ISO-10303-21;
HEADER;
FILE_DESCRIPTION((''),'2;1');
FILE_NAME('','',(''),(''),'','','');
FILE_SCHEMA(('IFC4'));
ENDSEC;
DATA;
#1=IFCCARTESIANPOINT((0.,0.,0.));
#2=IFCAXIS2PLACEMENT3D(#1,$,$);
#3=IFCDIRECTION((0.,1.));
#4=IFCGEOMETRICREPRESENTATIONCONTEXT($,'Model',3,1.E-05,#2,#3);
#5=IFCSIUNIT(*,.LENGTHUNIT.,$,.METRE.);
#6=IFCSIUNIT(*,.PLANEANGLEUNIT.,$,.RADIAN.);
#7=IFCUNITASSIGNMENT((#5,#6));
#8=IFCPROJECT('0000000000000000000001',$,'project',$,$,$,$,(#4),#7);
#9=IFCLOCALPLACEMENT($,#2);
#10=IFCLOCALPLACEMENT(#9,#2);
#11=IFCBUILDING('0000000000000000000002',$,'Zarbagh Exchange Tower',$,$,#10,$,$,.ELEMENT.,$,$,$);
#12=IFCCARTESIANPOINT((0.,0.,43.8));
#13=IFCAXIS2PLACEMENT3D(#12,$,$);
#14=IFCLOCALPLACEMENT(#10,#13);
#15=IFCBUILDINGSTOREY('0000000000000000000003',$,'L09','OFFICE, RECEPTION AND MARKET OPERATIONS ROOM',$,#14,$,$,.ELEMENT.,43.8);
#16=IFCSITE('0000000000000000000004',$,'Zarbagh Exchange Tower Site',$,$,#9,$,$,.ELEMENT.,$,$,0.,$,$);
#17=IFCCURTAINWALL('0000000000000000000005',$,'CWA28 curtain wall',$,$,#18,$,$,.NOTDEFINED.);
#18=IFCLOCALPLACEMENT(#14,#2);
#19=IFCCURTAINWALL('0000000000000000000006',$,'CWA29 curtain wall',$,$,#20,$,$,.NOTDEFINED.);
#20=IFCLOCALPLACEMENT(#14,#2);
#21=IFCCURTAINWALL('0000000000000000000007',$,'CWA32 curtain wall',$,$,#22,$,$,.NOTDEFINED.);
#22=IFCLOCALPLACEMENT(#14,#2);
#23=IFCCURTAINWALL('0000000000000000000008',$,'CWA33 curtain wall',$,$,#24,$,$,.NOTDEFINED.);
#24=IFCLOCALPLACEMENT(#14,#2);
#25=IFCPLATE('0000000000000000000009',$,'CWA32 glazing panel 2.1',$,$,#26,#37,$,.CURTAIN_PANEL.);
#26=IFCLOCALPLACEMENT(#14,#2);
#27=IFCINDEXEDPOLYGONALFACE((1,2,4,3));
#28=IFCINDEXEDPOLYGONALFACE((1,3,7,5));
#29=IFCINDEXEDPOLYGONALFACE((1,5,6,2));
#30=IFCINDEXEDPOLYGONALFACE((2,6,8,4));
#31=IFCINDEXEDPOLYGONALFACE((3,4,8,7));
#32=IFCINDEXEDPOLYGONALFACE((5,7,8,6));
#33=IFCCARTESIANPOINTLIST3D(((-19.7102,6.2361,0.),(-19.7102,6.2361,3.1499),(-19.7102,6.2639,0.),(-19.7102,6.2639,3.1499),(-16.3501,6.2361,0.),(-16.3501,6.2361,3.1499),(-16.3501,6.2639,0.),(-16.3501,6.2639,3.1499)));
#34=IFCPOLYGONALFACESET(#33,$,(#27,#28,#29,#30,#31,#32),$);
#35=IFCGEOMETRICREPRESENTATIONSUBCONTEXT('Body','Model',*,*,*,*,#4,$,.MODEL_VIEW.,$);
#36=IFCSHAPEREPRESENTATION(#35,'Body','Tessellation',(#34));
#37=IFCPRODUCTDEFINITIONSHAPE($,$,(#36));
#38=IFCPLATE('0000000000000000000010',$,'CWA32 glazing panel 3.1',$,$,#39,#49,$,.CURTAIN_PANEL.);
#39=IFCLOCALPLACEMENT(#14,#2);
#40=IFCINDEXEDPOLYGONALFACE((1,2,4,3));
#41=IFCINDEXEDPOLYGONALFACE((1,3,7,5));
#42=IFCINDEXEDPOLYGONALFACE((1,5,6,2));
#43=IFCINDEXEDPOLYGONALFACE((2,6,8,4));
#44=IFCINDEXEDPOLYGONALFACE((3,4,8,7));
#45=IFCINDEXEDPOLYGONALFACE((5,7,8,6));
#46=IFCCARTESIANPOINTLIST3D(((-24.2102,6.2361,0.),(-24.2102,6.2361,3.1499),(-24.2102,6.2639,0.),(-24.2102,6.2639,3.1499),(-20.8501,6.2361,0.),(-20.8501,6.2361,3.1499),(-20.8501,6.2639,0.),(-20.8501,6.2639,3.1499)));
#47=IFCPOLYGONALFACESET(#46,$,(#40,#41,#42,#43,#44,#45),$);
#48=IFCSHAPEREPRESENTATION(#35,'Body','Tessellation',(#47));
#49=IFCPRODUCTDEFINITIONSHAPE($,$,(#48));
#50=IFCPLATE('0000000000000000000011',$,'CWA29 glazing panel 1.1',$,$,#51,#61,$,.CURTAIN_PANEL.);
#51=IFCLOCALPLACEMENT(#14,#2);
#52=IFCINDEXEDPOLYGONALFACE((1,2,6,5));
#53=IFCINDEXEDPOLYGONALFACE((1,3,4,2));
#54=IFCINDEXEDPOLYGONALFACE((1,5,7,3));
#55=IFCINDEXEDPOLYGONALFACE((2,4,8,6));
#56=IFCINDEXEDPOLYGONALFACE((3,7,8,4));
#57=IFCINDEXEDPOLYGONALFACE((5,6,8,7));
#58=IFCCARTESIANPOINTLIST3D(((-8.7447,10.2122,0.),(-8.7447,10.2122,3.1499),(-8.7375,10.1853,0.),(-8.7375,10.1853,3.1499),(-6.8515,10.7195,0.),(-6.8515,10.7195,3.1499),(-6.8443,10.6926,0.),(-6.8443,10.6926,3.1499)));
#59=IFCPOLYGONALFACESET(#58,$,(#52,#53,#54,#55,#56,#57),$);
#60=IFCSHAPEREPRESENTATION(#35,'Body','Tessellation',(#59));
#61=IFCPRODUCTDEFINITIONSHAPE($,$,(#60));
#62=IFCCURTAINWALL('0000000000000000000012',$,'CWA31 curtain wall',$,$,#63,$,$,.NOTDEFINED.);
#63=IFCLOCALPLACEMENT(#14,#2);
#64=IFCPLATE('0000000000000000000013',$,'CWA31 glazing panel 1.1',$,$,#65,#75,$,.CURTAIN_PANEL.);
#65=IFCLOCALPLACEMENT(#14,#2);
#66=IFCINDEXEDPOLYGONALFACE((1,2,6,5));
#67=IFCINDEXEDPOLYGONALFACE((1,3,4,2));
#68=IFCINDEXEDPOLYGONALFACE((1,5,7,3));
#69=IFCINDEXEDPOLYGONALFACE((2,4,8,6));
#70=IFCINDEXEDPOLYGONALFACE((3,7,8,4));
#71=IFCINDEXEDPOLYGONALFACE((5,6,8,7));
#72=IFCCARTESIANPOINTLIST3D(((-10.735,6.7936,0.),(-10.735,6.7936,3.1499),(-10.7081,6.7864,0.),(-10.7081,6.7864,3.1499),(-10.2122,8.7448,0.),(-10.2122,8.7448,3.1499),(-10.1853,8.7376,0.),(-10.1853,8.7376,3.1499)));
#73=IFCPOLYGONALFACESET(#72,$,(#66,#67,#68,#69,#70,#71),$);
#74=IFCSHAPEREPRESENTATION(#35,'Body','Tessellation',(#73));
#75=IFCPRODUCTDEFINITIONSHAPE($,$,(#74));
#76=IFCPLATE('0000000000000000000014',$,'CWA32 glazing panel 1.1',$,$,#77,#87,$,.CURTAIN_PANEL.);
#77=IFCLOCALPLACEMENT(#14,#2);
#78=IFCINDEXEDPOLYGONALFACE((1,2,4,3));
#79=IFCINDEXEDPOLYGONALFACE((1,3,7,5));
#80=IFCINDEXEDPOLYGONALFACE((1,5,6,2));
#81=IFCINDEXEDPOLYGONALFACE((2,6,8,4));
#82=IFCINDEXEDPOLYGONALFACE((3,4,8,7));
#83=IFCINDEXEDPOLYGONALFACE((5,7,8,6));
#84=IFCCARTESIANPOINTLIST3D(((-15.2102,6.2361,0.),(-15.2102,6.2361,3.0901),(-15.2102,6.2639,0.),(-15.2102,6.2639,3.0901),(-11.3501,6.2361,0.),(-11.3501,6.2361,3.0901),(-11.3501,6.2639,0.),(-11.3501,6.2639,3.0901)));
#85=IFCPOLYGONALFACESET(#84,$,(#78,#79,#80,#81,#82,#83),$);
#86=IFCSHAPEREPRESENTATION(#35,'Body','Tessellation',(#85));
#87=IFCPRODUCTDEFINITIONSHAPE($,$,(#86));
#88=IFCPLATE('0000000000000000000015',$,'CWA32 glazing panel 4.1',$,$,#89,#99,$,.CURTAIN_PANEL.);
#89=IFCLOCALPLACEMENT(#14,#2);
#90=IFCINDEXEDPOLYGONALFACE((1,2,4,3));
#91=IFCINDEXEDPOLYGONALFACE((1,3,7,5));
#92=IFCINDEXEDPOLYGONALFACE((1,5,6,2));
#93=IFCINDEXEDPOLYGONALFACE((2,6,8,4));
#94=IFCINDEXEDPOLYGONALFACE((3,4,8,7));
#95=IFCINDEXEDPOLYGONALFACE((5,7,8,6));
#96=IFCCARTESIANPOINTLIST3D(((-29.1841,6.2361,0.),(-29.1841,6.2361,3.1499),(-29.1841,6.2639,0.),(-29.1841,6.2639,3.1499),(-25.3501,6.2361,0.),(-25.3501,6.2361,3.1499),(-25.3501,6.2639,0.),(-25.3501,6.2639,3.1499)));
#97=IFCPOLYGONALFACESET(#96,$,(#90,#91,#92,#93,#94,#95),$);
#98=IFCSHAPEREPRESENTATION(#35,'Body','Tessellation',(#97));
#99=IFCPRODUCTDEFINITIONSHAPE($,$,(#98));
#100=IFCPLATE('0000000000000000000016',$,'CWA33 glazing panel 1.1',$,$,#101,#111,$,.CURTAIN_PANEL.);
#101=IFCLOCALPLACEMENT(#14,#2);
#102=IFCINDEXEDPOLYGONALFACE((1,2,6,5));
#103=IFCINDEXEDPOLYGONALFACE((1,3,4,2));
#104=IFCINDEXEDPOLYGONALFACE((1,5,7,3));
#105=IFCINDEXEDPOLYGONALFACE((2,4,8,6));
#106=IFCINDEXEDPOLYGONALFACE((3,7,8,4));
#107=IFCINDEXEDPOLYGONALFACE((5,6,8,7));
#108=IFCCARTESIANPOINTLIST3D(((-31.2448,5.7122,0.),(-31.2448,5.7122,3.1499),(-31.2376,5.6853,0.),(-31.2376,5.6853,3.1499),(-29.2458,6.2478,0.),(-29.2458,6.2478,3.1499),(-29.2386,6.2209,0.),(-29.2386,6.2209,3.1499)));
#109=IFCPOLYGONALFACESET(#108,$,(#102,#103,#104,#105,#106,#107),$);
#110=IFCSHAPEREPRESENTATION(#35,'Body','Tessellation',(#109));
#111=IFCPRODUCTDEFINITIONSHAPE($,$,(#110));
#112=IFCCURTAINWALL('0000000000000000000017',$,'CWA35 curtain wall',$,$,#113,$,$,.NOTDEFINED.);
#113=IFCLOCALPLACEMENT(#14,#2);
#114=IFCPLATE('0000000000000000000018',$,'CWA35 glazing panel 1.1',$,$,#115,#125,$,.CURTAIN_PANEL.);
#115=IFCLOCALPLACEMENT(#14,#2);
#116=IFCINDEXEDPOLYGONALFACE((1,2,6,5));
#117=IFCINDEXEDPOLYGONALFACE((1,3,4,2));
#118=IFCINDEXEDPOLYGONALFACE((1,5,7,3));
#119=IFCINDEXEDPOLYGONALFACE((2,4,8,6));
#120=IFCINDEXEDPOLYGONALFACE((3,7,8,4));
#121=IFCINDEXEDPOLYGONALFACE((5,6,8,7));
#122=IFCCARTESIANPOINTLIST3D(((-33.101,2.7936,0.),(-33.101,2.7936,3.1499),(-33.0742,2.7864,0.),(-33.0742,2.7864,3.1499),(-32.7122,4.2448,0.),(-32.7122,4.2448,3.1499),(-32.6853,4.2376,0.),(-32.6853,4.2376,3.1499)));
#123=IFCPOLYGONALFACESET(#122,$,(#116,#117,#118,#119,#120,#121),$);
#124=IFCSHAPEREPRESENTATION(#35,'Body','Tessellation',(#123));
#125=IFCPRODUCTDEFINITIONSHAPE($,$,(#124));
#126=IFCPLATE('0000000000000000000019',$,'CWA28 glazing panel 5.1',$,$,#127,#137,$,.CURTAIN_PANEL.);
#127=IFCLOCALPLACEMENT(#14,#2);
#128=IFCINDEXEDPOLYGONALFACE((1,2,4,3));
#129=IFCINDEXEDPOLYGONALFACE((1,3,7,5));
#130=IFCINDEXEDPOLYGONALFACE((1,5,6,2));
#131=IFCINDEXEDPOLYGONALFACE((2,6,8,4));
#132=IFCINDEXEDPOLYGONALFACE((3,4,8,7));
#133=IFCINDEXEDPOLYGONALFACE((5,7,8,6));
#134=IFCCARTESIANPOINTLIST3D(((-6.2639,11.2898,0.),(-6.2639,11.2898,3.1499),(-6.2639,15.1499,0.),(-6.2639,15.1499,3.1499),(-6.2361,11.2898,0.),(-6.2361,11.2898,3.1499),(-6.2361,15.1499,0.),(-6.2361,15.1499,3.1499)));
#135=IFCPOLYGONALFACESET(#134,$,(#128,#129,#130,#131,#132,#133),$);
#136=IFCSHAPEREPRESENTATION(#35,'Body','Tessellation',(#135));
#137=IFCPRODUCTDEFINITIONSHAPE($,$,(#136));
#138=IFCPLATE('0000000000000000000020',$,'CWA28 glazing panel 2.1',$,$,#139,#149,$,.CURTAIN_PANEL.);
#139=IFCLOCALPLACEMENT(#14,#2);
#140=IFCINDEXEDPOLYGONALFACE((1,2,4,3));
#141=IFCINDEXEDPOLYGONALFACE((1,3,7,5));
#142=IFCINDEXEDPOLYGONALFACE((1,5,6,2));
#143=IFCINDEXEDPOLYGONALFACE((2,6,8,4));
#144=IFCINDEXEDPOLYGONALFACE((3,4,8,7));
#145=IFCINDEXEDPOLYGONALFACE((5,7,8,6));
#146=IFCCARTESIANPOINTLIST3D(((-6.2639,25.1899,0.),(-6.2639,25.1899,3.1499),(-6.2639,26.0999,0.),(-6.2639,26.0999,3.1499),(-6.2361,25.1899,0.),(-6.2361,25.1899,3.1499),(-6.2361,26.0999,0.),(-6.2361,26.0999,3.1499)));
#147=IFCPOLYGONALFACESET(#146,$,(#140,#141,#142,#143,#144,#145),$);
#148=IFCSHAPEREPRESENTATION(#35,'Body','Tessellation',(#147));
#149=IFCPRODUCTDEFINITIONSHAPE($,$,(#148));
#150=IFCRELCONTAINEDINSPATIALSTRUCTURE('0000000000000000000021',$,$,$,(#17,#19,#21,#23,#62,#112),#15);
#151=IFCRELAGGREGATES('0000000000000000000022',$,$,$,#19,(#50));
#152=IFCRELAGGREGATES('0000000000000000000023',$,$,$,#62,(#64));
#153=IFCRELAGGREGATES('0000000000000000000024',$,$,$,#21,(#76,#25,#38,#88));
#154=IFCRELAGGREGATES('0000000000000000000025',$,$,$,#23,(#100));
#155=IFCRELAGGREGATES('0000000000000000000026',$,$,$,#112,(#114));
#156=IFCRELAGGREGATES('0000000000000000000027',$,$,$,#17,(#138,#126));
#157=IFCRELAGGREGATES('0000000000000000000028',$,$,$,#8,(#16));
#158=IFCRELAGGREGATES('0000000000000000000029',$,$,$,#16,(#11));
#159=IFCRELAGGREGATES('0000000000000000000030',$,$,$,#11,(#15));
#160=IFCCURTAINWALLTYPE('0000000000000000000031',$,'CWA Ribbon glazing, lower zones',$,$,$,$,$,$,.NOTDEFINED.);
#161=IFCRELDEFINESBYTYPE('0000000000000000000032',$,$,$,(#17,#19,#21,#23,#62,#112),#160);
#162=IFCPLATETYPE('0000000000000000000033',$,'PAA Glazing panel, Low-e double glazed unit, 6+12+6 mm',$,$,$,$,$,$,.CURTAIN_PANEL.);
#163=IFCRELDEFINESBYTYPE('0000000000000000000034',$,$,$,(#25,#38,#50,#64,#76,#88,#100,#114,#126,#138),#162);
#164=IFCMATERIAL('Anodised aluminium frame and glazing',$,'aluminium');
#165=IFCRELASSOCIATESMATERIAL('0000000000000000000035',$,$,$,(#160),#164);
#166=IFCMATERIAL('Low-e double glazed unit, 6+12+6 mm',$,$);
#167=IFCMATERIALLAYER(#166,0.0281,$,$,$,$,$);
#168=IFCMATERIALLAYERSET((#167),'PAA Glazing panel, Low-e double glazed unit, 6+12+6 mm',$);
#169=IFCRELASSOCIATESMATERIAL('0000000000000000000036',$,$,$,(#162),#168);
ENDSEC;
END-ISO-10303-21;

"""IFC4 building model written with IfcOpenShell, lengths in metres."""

from ifc_helpers import new_model, si_unit, direction, frame, origin, place, context, subcontext, project, spatial, polyline, outline, extrude, source, transform, mapped, material, layer, layer_set, type_object, element, aggregate, save


model = new_model("IFC4")

# Units and contexts
model_context = context("Model", 3, precision=1e-05, world=origin(), true_north=direction((0.0, 1.0)))
body_context = subcontext(model_context, "Body", "Model", "MODEL_VIEW")
ifc_project = project(units=[si_unit("LENGTHUNIT", "METRE"), si_unit("PLANEANGLEUNIT", "RADIAN")], contexts=[model_context])

# Site, building, storey
site_placement = place(None, origin())
site = spatial("IfcSite", under=ifc_project, at=site_placement, Name="Zarbagh Exchange Tower Site", CompositionType="ELEMENT", RefElevation=0.0)
building_placement = place(site_placement, origin())
building = spatial("IfcBuilding", under=site, at=building_placement, Name="Zarbagh Exchange Tower", CompositionType="ELEMENT")
storey_placement = place(building_placement, frame((0.0, 0.0, 43.8)))
storey = spatial("IfcBuildingStorey", under=building, at=storey_placement, Name="L09", Description="OFFICE, RECEPTION AND MARKET OPERATIONS ROOM", CompositionType="ELEMENT", Elevation=43.8)

# Curtain wall
ifc_material_1 = material(Name="Anodised aluminium frame and glazing", Category="aluminium")
curtain_wall_type = type_object("IfcCurtainWallType", Name="CWA Ribbon glazing, lower zones", PredefinedType="NOTDEFINED", material=ifc_material_1)
curtain_wall_1_placement = place(storey_placement, origin())
curtain_wall_1 = element("IfcCurtainWall", 1, at=curtain_wall_1_placement, inside=storey, type_object=curtain_wall_type, Name="CWA28 curtain wall", PredefinedType="NOTDEFINED")
placement = place(storey_placement, origin())

# Curtain wall
curtain_wall_2_placement = place(storey_placement, origin())
curtain_wall_2 = element("IfcCurtainWall", 2, at=curtain_wall_2_placement, inside=storey, type_object=curtain_wall_type, Name="CWA29 curtain wall", PredefinedType="NOTDEFINED")

# Curtain wall
curtain_wall_3_placement = place(storey_placement, origin())
curtain_wall_3 = element("IfcCurtainWall", 3, at=curtain_wall_3_placement, inside=storey, type_object=curtain_wall_type, Name="CWA32 curtain wall", PredefinedType="NOTDEFINED")

# Curtain wall
curtain_wall_4_placement = place(storey_placement, origin())
curtain_wall_4 = element("IfcCurtainWall", 4, at=curtain_wall_4_placement, inside=storey, type_object=curtain_wall_type, Name="CWA33 curtain wall", PredefinedType="NOTDEFINED")

# Shared definitions
ifc_material_2 = material(Name="Low-e double glazed unit, 6+12+6 mm")
ifc_layer = layer(ifc_material_2, 0.0281)
ifc_layer_set = layer_set([ifc_layer], Name="PAA Glazing panel, Low-e double glazed unit, 6+12+6 mm")
plate_type = type_object("IfcPlateType", Name="PAA Glazing panel, Low-e double glazed unit, 6+12+6 mm", PredefinedType="CURTAIN_PANEL", material=ifc_layer_set)

# Plates
shared_shape_1 = source(origin(), body_context, "Body", "SweptSolid", [
    extrude(outline(polyline([(0.0, -0.0139), (3.3601, -0.0139), (3.3601, 0.0139), (0.0, 0.0139), (0.0, -0.0139)])), origin(), (0.0, 0.0, 1.0), 3.1499),
])
plate_1 = element("IfcPlate", 5, at=placement, type_object=plate_type, Name="CWA32 glazing panel 2.1", PredefinedType="CURTAIN_PANEL", context=body_context, shape_type="MappedRepresentation", body=[
    mapped(shared_shape_1, transform((-16.3501, 6.25, 0.0), x_axis=(-1.0, 0.0, 0.0), y_axis=(0.0, -1.0, 0.0), z_axis=(0.0, 0.0, 1.0))),
])
plate_2 = element("IfcPlate", 6, at=placement, type_object=plate_type, Name="CWA32 glazing panel 3.1", PredefinedType="CURTAIN_PANEL", context=body_context, shape_type="MappedRepresentation", body=[
    mapped(shared_shape_1, transform((-20.8501, 6.25, 0.0), x_axis=(-1.0, 0.0, 0.0), y_axis=(0.0, -1.0, 0.0), z_axis=(0.0, 0.0, 1.0))),
])
shared_shape_2 = source(origin(), body_context, "Body", "SweptSolid", [
    extrude(outline(polyline([(0.0, -0.0139), (1.96, -0.0139), (1.96, 0.0139), (0.0, 0.0139), (0.0, -0.0139)])), origin(), (0.0, 0.0, 1.0), 3.1499),
])
plate_3 = element("IfcPlate", 7, at=placement, type_object=plate_type, Name="CWA29 glazing panel 1.1", PredefinedType="CURTAIN_PANEL", context=body_context, shape_type="MappedRepresentation", body=[
    mapped(shared_shape_2, transform((-6.8479, 10.7061, 0.0), x_axis=(-0.965924, -0.258825, 0.0), y_axis=(0.258825, -0.965924, 0.0), z_axis=(0.0, 0.0, 1.0))),
])
aggregate(curtain_wall_2, [plate_3])

# Curtain wall, plate
curtain_wall_5_placement = place(storey_placement, origin())
curtain_wall_5 = element("IfcCurtainWall", 8, at=curtain_wall_5_placement, inside=storey, type_object=curtain_wall_type, Name="CWA31 curtain wall", PredefinedType="NOTDEFINED")
shared_shape_3 = source(origin(), body_context, "Body", "SweptSolid", [
    extrude(outline(polyline([(0.0, -0.0139), (2.02, -0.0139), (2.02, 0.0139), (0.0, 0.0139), (0.0, -0.0139)])), origin(), (0.0, 0.0, 1.0), 3.1499),
])
plate_4 = element("IfcPlate", 9, at=placement, type_object=plate_type, Name="CWA31 glazing panel 1.1", PredefinedType="CURTAIN_PANEL", context=body_context, shape_type="MappedRepresentation", body=[
    mapped(shared_shape_3, transform((-10.1987, 8.7412, 0.0), x_axis=(-0.258825, -0.965924, 0.0), y_axis=(0.965924, -0.258825, 0.0), z_axis=(0.0, 0.0, 1.0))),
])
aggregate(curtain_wall_5, [plate_4])

# Plates
shared_shape_4 = source(origin(), body_context, "Body", "SweptSolid", [
    extrude(outline(polyline([(0.0, -0.0139), (3.8601, -0.0139), (3.8601, 0.0139), (0.0, 0.0139), (0.0, -0.0139)])), origin(), (0.0, 0.0, 1.0), 3.0901),
])
plate_5 = element("IfcPlate", 10, at=placement, type_object=plate_type, Name="CWA32 glazing panel 1.1", PredefinedType="CURTAIN_PANEL", context=body_context, shape_type="MappedRepresentation", body=[
    mapped(shared_shape_4, transform((-11.3501, 6.25, 0.0), x_axis=(-1.0, 0.0, 0.0), y_axis=(0.0, -1.0, 0.0), z_axis=(0.0, 0.0, 1.0))),
])
shared_shape_5 = source(origin(), body_context, "Body", "SweptSolid", [
    extrude(outline(polyline([(0.0, -0.0139), (3.834, -0.0139), (3.834, 0.0139), (0.0, 0.0139), (0.0, -0.0139)])), origin(), (0.0, 0.0, 1.0), 3.1499),
])
plate_6 = element("IfcPlate", 11, at=placement, type_object=plate_type, Name="CWA32 glazing panel 4.1", PredefinedType="CURTAIN_PANEL", context=body_context, shape_type="MappedRepresentation", body=[
    mapped(shared_shape_5, transform((-25.3501, 6.25, 0.0), x_axis=(-1.0, 0.0, 0.0), y_axis=(0.0, -1.0, 0.0), z_axis=(0.0, 0.0, 1.0))),
])
aggregate(curtain_wall_3, [plate_5, plate_1, plate_2, plate_6])
shared_shape_6 = source(origin(), body_context, "Body", "SweptSolid", [
    extrude(outline(polyline([(0.0, -0.0139), (2.0696, -0.0139), (2.0696, 0.0139), (0.0, 0.0139), (0.0, -0.0139)])), origin(), (0.0, 0.0, 1.0), 3.1499),
])
plate_7 = element("IfcPlate", 12, at=placement, type_object=plate_type, Name="CWA33 glazing panel 1.1", PredefinedType="CURTAIN_PANEL", context=body_context, shape_type="MappedRepresentation", body=[
    mapped(shared_shape_6, transform((-29.2422, 6.2344, 0.0), x_axis=(-0.965924, -0.258825, 0.0), y_axis=(0.258825, -0.965924, 0.0), z_axis=(0.0, 0.0, 1.0))),
])
aggregate(curtain_wall_4, [plate_7])

# Curtain wall, plate
curtain_wall_6_placement = place(storey_placement, origin())
curtain_wall_6 = element("IfcCurtainWall", 13, at=curtain_wall_6_placement, inside=storey, type_object=curtain_wall_type, Name="CWA35 curtain wall", PredefinedType="NOTDEFINED")
shared_shape_7 = source(origin(), body_context, "Body", "SweptSolid", [
    extrude(outline(polyline([(0.0, -0.0139), (1.5024, -0.0139), (1.5024, 0.0139), (0.0, 0.0139), (0.0, -0.0139)])), origin(), (0.0, 0.0, 1.0), 3.1499),
])
plate_8 = element("IfcPlate", 14, at=placement, type_object=plate_type, Name="CWA35 glazing panel 1.1", PredefinedType="CURTAIN_PANEL", context=body_context, shape_type="MappedRepresentation", body=[
    mapped(shared_shape_7, transform((-32.6987, 4.2412, 0.0), x_axis=(-0.258825, -0.965924, 0.0), y_axis=(0.965924, -0.258825, 0.0), z_axis=(0.0, 0.0, 1.0))),
])
aggregate(curtain_wall_6, [plate_8])

# Plates
shared_shape_8 = source(origin(), body_context, "Body", "SweptSolid", [
    extrude(outline(polyline([(0.0, -0.0139), (3.8601, -0.0139), (3.8601, 0.0139), (0.0, 0.0139), (0.0, -0.0139)])), origin(), (0.0, 0.0, 1.0), 3.1499),
])
plate_9 = element("IfcPlate", 15, at=placement, type_object=plate_type, Name="CWA28 glazing panel 5.1", PredefinedType="CURTAIN_PANEL", context=body_context, shape_type="MappedRepresentation", body=[
    mapped(shared_shape_8, transform((-6.25, 15.1499, 0.0), x_axis=(0.0, -1.0, 0.0), y_axis=(1.0, 0.0, 0.0), z_axis=(0.0, 0.0, 1.0))),
])
shared_shape_9 = source(origin(), body_context, "Body", "SweptSolid", [
    extrude(outline(polyline([(0.0, -0.0139), (0.9099, -0.0139), (0.9099, 0.0139), (0.0, 0.0139), (0.0, -0.0139)])), origin(), (0.0, 0.0, 1.0), 3.1499),
])
plate_10 = element("IfcPlate", 16, at=placement, type_object=plate_type, Name="CWA28 glazing panel 2.1", PredefinedType="CURTAIN_PANEL", context=body_context, shape_type="MappedRepresentation", body=[
    mapped(shared_shape_9, transform((-6.25, 26.0999, 0.0), x_axis=(0.0, -1.0, 0.0), y_axis=(1.0, 0.0, 0.0), z_axis=(0.0, 0.0, 1.0))),
])
aggregate(curtain_wall_1, [plate_10, plate_9])

save(model, "model.ifc")
